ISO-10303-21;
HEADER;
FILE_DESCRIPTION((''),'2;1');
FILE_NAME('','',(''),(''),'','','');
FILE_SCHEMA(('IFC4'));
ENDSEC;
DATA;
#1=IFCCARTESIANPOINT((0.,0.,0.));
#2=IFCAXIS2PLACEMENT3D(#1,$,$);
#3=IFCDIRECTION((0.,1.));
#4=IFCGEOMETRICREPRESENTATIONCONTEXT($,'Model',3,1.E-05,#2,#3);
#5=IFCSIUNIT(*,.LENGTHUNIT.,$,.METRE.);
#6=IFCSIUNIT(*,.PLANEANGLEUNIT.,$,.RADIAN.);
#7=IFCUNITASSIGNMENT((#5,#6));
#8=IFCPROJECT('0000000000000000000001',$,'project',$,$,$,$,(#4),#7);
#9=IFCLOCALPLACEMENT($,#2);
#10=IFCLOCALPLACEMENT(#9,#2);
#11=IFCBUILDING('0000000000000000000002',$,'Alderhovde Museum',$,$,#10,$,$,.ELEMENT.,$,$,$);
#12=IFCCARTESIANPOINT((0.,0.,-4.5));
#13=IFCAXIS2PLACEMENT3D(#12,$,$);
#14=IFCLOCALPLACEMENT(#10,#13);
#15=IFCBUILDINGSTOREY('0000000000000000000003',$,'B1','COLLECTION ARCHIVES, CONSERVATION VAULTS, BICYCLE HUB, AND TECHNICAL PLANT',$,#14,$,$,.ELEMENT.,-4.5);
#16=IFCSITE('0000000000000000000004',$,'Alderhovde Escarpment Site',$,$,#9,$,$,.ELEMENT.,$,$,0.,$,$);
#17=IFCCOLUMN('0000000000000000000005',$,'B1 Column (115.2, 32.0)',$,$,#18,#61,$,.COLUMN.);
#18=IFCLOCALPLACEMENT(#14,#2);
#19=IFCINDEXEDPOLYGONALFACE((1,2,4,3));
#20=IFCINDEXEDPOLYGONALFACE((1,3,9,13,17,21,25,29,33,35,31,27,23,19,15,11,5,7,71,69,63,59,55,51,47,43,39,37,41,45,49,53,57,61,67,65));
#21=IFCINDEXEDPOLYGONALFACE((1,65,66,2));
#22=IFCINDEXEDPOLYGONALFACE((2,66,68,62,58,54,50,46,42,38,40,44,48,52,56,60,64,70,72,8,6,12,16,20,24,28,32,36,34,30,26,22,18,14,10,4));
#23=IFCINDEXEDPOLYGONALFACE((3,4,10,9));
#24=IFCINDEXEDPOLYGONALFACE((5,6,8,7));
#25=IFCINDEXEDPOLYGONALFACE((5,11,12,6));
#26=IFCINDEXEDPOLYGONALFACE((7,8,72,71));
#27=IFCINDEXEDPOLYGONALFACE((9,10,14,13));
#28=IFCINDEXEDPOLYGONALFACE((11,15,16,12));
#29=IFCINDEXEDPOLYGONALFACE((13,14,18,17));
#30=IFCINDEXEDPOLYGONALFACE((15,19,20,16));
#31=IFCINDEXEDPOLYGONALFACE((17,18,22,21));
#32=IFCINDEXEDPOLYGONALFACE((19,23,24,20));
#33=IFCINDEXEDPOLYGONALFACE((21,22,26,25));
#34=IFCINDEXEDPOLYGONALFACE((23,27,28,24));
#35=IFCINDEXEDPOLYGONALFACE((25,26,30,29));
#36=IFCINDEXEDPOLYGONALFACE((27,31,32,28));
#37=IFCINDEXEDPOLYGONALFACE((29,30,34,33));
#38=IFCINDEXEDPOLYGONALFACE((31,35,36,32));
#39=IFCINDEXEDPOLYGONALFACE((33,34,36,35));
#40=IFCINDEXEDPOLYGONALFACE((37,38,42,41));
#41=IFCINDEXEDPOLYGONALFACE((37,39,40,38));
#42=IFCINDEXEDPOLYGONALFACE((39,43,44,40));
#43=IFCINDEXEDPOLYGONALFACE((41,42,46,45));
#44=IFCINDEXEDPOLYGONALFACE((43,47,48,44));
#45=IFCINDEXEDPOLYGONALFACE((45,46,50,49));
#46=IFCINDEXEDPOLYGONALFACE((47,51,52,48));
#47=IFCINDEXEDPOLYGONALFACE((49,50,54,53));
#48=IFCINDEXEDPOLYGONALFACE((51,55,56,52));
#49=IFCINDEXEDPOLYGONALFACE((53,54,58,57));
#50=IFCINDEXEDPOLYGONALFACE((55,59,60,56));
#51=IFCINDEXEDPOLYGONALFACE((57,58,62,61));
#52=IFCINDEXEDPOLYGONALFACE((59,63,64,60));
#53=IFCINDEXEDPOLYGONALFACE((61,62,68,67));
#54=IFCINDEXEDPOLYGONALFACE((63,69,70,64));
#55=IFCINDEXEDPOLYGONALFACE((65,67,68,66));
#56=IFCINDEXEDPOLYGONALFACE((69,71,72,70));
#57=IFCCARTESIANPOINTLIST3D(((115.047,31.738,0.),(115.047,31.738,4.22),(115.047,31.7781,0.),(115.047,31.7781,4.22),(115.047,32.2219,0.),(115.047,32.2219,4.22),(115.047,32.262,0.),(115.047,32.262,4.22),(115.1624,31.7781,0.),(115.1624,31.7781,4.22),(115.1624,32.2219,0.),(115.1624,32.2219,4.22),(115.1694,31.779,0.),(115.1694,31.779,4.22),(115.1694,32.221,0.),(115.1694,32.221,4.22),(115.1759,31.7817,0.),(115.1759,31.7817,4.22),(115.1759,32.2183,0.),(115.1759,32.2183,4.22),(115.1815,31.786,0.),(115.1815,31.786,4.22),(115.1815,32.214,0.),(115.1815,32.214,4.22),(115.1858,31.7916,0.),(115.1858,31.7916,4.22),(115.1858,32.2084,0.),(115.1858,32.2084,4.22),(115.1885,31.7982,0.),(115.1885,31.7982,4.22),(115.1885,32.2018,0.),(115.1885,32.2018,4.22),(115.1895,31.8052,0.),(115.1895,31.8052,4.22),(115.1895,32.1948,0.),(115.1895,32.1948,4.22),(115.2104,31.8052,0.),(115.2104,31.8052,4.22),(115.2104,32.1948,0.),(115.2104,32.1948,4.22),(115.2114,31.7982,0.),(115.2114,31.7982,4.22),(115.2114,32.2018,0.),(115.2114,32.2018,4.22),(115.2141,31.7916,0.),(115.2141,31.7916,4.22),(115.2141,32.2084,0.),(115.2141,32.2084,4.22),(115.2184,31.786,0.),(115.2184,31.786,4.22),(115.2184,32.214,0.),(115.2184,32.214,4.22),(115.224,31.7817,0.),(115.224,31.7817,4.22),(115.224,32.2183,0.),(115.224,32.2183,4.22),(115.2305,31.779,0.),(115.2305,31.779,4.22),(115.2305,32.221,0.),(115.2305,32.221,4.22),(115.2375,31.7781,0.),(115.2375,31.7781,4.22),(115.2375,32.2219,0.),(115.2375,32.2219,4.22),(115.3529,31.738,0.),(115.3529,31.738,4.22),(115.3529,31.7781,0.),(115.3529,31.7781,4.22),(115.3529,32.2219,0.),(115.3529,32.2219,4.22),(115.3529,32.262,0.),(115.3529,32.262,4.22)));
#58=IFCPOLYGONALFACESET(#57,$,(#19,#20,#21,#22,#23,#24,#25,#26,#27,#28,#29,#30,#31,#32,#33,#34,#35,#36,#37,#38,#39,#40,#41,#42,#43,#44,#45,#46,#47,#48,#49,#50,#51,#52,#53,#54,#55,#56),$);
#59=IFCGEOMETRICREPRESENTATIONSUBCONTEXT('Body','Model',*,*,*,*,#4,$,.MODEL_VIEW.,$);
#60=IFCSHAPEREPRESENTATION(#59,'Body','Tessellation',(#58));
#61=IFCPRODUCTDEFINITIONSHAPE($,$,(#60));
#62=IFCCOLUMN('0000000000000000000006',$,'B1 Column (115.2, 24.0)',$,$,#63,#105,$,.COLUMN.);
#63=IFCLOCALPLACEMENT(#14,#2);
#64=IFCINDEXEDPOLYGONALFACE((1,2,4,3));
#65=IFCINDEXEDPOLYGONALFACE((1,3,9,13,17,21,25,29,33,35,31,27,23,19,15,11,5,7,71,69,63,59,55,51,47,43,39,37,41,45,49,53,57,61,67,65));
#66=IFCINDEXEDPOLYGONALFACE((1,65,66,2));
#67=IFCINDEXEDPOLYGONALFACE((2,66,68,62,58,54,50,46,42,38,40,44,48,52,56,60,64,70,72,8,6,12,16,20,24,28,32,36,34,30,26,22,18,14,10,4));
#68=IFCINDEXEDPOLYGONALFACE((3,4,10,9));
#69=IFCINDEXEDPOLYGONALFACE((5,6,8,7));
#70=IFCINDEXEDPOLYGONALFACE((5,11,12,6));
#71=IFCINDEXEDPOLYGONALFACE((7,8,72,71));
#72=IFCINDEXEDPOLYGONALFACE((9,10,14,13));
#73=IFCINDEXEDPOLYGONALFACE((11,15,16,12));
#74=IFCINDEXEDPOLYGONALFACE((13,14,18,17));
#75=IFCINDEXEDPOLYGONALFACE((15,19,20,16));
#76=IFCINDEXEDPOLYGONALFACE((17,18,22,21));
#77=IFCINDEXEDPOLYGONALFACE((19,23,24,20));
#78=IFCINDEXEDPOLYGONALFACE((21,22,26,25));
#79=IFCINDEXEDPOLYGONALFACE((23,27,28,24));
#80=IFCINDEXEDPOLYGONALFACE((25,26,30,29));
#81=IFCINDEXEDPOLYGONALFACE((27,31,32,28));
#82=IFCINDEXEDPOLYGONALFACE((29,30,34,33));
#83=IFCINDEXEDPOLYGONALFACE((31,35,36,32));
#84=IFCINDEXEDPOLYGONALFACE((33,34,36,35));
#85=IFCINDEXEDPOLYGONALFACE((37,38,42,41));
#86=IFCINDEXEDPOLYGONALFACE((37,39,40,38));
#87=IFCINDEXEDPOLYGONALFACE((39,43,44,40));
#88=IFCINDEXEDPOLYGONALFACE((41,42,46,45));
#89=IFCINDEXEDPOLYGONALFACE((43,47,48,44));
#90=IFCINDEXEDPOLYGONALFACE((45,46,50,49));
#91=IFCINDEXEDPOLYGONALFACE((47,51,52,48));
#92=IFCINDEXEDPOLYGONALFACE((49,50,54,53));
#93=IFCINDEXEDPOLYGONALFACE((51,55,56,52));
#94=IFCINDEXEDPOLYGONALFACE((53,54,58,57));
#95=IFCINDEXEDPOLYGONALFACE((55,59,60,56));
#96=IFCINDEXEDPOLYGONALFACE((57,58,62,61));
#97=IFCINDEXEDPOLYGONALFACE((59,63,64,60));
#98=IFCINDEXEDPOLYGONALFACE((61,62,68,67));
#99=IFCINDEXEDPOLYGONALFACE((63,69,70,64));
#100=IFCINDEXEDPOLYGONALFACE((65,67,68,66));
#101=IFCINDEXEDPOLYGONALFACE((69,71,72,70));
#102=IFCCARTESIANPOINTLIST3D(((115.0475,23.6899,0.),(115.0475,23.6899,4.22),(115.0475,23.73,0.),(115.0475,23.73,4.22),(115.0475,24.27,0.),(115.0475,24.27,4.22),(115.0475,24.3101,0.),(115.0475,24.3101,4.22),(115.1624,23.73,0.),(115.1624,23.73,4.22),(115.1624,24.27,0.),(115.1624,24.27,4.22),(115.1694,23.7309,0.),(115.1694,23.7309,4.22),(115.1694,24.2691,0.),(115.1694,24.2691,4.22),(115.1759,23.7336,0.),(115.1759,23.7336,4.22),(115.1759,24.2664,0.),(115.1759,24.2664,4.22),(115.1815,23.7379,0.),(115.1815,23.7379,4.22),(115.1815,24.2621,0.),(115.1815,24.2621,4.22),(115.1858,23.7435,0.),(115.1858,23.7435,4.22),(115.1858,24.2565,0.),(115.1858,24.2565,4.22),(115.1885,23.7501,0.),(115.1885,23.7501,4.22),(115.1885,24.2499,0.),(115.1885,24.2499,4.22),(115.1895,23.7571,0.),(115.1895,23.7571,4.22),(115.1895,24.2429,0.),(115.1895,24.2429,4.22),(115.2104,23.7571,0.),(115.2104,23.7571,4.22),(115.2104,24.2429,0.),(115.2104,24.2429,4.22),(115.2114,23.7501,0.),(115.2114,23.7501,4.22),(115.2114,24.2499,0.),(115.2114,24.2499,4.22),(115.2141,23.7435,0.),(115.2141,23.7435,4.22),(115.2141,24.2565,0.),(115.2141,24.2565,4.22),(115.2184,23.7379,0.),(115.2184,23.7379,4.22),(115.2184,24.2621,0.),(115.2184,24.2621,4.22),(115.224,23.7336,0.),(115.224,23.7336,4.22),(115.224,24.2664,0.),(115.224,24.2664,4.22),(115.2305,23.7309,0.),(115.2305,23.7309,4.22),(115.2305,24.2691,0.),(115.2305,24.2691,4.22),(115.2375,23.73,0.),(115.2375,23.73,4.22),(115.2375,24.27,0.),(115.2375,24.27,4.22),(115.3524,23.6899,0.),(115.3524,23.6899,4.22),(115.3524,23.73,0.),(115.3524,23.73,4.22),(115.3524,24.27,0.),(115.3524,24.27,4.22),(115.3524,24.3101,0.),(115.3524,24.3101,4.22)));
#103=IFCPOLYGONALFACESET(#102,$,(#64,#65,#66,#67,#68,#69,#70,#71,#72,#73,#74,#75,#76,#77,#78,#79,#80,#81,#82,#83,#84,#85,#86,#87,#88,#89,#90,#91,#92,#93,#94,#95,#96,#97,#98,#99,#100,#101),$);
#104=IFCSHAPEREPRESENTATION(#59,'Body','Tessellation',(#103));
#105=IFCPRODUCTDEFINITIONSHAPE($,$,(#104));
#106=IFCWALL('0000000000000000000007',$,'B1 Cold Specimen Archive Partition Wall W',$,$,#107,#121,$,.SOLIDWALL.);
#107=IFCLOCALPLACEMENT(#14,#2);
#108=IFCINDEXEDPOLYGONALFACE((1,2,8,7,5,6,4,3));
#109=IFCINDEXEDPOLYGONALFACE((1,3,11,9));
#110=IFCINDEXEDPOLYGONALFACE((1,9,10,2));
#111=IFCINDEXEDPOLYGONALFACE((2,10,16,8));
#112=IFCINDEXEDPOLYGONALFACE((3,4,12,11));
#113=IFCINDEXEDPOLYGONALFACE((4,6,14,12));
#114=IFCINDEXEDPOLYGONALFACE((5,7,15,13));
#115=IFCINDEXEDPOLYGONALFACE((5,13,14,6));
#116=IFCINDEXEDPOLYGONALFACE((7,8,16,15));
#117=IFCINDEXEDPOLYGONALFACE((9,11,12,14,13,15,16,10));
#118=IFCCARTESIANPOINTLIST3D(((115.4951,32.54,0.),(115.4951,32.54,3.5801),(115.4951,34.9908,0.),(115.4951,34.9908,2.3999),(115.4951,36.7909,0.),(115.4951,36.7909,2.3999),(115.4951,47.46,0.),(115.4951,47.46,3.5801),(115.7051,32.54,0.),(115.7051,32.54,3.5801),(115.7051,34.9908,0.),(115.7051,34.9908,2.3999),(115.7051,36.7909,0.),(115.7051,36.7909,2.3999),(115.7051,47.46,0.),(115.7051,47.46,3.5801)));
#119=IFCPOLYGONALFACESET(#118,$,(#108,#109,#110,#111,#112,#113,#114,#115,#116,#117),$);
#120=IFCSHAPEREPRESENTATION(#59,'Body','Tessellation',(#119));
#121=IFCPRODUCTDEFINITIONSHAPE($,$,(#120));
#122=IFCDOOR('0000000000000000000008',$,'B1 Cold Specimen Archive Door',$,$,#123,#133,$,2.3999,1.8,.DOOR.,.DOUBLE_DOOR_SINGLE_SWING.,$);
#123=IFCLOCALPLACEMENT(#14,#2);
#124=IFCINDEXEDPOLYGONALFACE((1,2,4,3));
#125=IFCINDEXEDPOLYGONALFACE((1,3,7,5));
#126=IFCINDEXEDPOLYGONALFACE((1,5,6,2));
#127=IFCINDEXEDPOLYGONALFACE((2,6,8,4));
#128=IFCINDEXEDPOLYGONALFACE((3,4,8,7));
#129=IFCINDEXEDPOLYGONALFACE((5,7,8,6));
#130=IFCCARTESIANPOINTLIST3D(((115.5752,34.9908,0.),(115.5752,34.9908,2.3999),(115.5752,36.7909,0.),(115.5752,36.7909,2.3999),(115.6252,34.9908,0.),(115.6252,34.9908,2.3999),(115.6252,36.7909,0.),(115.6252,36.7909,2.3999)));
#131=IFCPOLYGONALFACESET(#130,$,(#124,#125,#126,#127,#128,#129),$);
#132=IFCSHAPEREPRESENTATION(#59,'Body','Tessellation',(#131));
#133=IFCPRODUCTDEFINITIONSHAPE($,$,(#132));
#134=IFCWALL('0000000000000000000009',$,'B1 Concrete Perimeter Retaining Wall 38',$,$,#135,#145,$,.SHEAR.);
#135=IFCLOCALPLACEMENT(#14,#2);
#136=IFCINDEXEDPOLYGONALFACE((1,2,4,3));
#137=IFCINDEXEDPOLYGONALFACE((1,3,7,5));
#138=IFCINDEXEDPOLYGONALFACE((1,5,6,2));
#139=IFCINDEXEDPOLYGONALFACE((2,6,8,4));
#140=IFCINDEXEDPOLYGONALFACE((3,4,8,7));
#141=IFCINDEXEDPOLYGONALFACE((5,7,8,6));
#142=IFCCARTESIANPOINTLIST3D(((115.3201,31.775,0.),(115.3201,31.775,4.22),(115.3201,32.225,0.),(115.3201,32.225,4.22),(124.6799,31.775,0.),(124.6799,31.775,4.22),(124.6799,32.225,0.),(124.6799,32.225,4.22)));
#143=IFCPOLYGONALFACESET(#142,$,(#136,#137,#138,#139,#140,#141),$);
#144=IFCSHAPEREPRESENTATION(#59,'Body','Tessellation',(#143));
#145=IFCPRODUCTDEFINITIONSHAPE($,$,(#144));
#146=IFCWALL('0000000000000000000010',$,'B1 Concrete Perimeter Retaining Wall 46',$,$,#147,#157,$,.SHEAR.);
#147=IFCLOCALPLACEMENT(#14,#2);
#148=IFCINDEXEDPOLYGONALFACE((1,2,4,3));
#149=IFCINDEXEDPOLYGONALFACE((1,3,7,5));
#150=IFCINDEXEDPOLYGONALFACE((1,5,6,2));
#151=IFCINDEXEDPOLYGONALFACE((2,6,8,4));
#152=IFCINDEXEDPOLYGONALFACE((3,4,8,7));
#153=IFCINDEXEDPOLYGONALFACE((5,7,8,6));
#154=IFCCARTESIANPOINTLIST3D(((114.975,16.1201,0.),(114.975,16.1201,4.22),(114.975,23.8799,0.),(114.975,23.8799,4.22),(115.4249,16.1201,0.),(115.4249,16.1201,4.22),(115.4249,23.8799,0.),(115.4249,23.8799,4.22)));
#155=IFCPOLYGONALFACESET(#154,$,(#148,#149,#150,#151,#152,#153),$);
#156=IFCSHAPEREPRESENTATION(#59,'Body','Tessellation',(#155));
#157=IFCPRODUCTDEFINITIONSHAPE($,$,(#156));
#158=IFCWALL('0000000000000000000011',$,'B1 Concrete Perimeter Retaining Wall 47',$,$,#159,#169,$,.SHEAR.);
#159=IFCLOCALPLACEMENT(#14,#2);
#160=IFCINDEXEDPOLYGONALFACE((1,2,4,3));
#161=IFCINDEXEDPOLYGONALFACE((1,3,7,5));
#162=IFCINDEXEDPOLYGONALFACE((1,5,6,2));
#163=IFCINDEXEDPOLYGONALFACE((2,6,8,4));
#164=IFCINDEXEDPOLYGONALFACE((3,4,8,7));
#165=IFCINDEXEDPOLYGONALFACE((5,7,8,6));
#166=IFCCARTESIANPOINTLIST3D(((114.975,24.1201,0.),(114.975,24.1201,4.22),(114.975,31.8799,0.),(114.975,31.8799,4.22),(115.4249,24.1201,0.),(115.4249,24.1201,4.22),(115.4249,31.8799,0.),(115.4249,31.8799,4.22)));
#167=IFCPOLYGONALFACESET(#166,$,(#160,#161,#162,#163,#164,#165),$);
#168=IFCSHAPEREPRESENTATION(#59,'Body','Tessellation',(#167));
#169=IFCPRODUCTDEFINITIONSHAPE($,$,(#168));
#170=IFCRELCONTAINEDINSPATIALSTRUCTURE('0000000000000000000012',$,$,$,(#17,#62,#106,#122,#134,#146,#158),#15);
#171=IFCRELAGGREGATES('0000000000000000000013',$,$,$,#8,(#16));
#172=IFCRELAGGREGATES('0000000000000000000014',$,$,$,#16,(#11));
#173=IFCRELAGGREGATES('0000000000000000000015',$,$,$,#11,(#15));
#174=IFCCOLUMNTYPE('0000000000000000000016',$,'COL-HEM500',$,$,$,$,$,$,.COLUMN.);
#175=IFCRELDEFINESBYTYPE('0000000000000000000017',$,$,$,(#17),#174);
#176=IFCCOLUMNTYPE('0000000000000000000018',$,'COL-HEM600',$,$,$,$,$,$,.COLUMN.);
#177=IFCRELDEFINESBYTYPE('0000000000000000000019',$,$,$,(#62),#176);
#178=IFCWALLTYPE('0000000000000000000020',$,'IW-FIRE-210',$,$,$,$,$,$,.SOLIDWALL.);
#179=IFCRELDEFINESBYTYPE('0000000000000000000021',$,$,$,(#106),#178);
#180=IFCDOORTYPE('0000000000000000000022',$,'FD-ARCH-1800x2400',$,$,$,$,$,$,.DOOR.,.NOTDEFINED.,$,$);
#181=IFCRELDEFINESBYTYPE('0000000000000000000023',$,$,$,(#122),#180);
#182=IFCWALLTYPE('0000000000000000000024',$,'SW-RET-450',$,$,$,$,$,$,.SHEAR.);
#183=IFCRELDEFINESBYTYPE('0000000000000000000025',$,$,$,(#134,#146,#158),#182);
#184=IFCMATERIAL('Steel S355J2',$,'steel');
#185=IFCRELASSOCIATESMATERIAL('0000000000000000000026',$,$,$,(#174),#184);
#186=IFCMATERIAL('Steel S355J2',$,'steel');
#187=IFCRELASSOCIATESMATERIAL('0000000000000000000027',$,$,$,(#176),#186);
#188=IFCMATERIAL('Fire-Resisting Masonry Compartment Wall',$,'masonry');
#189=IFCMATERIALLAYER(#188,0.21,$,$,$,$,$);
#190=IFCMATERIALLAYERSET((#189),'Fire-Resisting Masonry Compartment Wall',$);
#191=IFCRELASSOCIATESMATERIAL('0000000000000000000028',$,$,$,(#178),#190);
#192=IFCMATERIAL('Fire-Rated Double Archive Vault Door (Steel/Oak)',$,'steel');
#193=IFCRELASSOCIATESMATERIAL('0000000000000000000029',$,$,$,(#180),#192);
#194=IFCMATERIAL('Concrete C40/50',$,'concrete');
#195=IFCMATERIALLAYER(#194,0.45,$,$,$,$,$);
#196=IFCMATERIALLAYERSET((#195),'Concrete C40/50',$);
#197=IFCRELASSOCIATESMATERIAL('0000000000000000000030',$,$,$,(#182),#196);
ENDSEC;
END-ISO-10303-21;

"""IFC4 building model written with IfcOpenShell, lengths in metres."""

from ifc_helpers import new_model, si_unit, direction, frame, frame_2d, origin, origin_2d, place, context, subcontext, project, spatial, rectangle, i_section, extrude, material, layer, layer_set, material_profile, profile_set, type_object, element, fill, save


model = new_model("IFC4")

# Units and contexts
model_context = context("Model", 3, precision=1e-05, world=origin(), true_north=direction((0.0, 1.0)))
body_context = subcontext(model_context, "Body", "Model", "MODEL_VIEW")
ifc_project = project(units=[si_unit("LENGTHUNIT", "METRE"), si_unit("PLANEANGLEUNIT", "RADIAN")], contexts=[model_context])

# Site, building, storey
site_placement = place(None, origin())
site = spatial("IfcSite", under=ifc_project, at=site_placement, Name="Alderhovde Escarpment Site", CompositionType="ELEMENT", RefElevation=0.0)
building_placement = place(site_placement, origin())
building = spatial("IfcBuilding", under=site, at=building_placement, Name="Alderhovde Museum", CompositionType="ELEMENT")
storey_placement = place(building_placement, frame((0.0, 0.0, -4.5)))
storey = spatial("IfcBuildingStorey", under=building, at=storey_placement, Name="B1", Description="COLLECTION ARCHIVES, CONSERVATION VAULTS, BICYCLE HUB, AND TECHNICAL PLANT", CompositionType="ELEMENT", Elevation=-4.5)

# Columns
ifc_material_1 = material(Name="Steel S355J2", Category="steel")
ifc_material_profile_1 = material_profile(ifc_material_1, i_section(OverallWidth=0.3059, OverallDepth=0.5239, WebThickness=0.021, FlangeThickness=0.04, FilletRadius=0.0271, at=origin_2d()), Name="HEM 500")
ifc_profile_set_1 = profile_set([ifc_material_profile_1], Name="Steel S355J2")
column_type_1 = type_object("IfcColumnType", Name="COL-HEM500", PredefinedType="COLUMN", material=ifc_profile_set_1)
for number, where, z_axis, x_axis, name in (
    (1, (115.2, 32.0, 0.0), (0.0, 0.0, 1.0), (1.0, 0.0, 0.0), "B1 Column (115.2, 32.0)"),
):
    element("IfcColumn", number, at=place(storey_placement, frame(where, z_axis=z_axis, x_axis=x_axis)), inside=storey, type_object=column_type_1, Name=name, PredefinedType="COLUMN", context=body_context, shape_type="SweptSolid", body=[
        extrude(i_section(OverallWidth=0.3059, OverallDepth=0.5239, WebThickness=0.021, FlangeThickness=0.04, FilletRadius=0.0271, at=origin_2d()), origin(), (0.0, 0.0, 1.0), 4.22),
    ])
ifc_material_2 = material(Name="Steel S355J2", Category="steel")
ifc_material_profile_2 = material_profile(ifc_material_2, i_section(OverallWidth=0.3049, OverallDepth=0.6201, WebThickness=0.021, FlangeThickness=0.04, FilletRadius=0.0271, at=origin_2d()), Name="HEM 600")
ifc_profile_set_2 = profile_set([ifc_material_profile_2], Name="Steel S355J2")
column_type_2 = type_object("IfcColumnType", Name="COL-HEM600", PredefinedType="COLUMN", material=ifc_profile_set_2)
column_1_placement = place(storey_placement, frame((115.2, 24.0, 0.0), z_axis=(0.0, 0.0, 1.0), x_axis=(1.0, 0.0, 0.0)))
element("IfcColumn", 2, at=column_1_placement, inside=storey, type_object=column_type_2, Name="B1 Column (115.2, 24.0)", PredefinedType="COLUMN", context=body_context, shape_type="SweptSolid", body=[
    extrude(i_section(OverallWidth=0.3049, OverallDepth=0.6201, WebThickness=0.021, FlangeThickness=0.04, FilletRadius=0.0271, at=origin_2d()), origin(), (0.0, 0.0, 1.0), 4.22),
])

# Wall, opening, door
ifc_material_3 = material(Name="Fire-Resisting Masonry Compartment Wall", Category="masonry")
ifc_layer_1 = layer(ifc_material_3, 0.21)
ifc_layer_set_1 = layer_set([ifc_layer_1], Name="Fire-Resisting Masonry Compartment Wall")
wall_type_1 = type_object("IfcWallType", Name="IW-FIRE-210", PredefinedType="SOLIDWALL", material=ifc_layer_set_1)
wall_1_placement = place(storey_placement, frame((115.6001, 32.54, 0.0), z_axis=(0.0, 0.0, 1.0), x_axis=(0.0, 1.0, 0.0)))
wall_1 = element("IfcWall", 3, at=wall_1_placement, inside=storey, type_object=wall_type_1, Name="B1 Cold Specimen Archive Partition Wall W", PredefinedType="SOLIDWALL", context=body_context, shape_type="SweptSolid", body=[
    extrude(rectangle(XDim=14.9199, YDim=0.21, at=frame_2d((7.46, 0.0))), origin(), (0.0, 0.0, 1.0), 3.5801),
])
opening_placement = place(wall_1_placement, frame((2.4509, 0.0, 0.0)))
opening = element("IfcOpeningElement", 4, at=opening_placement, cuts=wall_1, PredefinedType="OPENING", context=body_context, shape_type="SweptSolid", body=[
    extrude(rectangle(XDim=1.8, YDim=2.3999, at=frame_2d((0.8999, 1.2))), frame((0.0, 0.115, 0.0), z_axis=(0.0, -1.0, 0.0), x_axis=(1.0, 0.0, 0.0)), (0.0, 0.0, 1.0), 0.23),
])
ifc_material_4 = material(Name="Fire-Rated Double Archive Vault Door (Steel/Oak)", Category="steel")
door_type = type_object("IfcDoorType", Name="FD-ARCH-1800x2400", OperationType="NOTDEFINED", PredefinedType="DOOR", material=ifc_material_4)
door_placement = place(opening_placement, origin())
door = element("IfcDoor", 5, at=door_placement, inside=storey, type_object=door_type, Name="B1 Cold Specimen Archive Door", OperationType="DOUBLE_DOOR_SINGLE_SWING", OverallHeight=2.3999, OverallWidth=1.8, PredefinedType="DOOR", context=body_context, shape_type="SweptSolid", body=[
    extrude(rectangle(XDim=1.8, YDim=2.3999, at=frame_2d((0.8999, 1.2))), frame((0.0, 0.0249, 0.0), z_axis=(0.0, -1.0, 0.0), x_axis=(1.0, 0.0, 0.0)), (0.0, 0.0, 1.0), 0.05),
])
fill(opening, door)

# Walls
ifc_material_5 = material(Name="Concrete C40/50", Category="concrete")
ifc_layer_2 = layer(ifc_material_5, 0.45)
ifc_layer_set_2 = layer_set([ifc_layer_2], Name="Concrete C40/50")
wall_type_2 = type_object("IfcWallType", Name="SW-RET-450", PredefinedType="SHEAR", material=ifc_layer_set_2)
wall_2_placement = place(storey_placement, frame((115.3201, 32.0, 0.0), z_axis=(0.0, 0.0, 1.0), x_axis=(1.0, 0.0, 0.0)))
element("IfcWall", 6, at=wall_2_placement, inside=storey, type_object=wall_type_2, Name="B1 Concrete Perimeter Retaining Wall 38", PredefinedType="SHEAR", context=body_context, shape_type="SweptSolid", body=[
    extrude(rectangle(XDim=9.3599, YDim=0.45, at=frame_2d((4.6799, 0.0))), origin(), (0.0, 0.0, 1.0), 4.22),
])
for number, where, z_axis, x_axis, name in (
    (7, (115.2, 16.1201, 0.0), (0.0, 0.0, 1.0), (0.0, 1.0, 0.0), "B1 Concrete Perimeter Retaining Wall 46"),
    (8, (115.2, 24.1201, 0.0), (0.0, 0.0, 1.0), (0.0, 1.0, 0.0), "B1 Concrete Perimeter Retaining Wall 47"),
):
    element("IfcWall", number, at=place(storey_placement, frame(where, z_axis=z_axis, x_axis=x_axis)), inside=storey, type_object=wall_type_2, Name=name, PredefinedType="SHEAR", context=body_context, shape_type="SweptSolid", body=[
        extrude(rectangle(XDim=7.7598, YDim=0.45, at=frame_2d((3.8799, 0.0))), origin(), (0.0, 0.0, 1.0), 4.22),
    ])

save(model, "model.ifc")
